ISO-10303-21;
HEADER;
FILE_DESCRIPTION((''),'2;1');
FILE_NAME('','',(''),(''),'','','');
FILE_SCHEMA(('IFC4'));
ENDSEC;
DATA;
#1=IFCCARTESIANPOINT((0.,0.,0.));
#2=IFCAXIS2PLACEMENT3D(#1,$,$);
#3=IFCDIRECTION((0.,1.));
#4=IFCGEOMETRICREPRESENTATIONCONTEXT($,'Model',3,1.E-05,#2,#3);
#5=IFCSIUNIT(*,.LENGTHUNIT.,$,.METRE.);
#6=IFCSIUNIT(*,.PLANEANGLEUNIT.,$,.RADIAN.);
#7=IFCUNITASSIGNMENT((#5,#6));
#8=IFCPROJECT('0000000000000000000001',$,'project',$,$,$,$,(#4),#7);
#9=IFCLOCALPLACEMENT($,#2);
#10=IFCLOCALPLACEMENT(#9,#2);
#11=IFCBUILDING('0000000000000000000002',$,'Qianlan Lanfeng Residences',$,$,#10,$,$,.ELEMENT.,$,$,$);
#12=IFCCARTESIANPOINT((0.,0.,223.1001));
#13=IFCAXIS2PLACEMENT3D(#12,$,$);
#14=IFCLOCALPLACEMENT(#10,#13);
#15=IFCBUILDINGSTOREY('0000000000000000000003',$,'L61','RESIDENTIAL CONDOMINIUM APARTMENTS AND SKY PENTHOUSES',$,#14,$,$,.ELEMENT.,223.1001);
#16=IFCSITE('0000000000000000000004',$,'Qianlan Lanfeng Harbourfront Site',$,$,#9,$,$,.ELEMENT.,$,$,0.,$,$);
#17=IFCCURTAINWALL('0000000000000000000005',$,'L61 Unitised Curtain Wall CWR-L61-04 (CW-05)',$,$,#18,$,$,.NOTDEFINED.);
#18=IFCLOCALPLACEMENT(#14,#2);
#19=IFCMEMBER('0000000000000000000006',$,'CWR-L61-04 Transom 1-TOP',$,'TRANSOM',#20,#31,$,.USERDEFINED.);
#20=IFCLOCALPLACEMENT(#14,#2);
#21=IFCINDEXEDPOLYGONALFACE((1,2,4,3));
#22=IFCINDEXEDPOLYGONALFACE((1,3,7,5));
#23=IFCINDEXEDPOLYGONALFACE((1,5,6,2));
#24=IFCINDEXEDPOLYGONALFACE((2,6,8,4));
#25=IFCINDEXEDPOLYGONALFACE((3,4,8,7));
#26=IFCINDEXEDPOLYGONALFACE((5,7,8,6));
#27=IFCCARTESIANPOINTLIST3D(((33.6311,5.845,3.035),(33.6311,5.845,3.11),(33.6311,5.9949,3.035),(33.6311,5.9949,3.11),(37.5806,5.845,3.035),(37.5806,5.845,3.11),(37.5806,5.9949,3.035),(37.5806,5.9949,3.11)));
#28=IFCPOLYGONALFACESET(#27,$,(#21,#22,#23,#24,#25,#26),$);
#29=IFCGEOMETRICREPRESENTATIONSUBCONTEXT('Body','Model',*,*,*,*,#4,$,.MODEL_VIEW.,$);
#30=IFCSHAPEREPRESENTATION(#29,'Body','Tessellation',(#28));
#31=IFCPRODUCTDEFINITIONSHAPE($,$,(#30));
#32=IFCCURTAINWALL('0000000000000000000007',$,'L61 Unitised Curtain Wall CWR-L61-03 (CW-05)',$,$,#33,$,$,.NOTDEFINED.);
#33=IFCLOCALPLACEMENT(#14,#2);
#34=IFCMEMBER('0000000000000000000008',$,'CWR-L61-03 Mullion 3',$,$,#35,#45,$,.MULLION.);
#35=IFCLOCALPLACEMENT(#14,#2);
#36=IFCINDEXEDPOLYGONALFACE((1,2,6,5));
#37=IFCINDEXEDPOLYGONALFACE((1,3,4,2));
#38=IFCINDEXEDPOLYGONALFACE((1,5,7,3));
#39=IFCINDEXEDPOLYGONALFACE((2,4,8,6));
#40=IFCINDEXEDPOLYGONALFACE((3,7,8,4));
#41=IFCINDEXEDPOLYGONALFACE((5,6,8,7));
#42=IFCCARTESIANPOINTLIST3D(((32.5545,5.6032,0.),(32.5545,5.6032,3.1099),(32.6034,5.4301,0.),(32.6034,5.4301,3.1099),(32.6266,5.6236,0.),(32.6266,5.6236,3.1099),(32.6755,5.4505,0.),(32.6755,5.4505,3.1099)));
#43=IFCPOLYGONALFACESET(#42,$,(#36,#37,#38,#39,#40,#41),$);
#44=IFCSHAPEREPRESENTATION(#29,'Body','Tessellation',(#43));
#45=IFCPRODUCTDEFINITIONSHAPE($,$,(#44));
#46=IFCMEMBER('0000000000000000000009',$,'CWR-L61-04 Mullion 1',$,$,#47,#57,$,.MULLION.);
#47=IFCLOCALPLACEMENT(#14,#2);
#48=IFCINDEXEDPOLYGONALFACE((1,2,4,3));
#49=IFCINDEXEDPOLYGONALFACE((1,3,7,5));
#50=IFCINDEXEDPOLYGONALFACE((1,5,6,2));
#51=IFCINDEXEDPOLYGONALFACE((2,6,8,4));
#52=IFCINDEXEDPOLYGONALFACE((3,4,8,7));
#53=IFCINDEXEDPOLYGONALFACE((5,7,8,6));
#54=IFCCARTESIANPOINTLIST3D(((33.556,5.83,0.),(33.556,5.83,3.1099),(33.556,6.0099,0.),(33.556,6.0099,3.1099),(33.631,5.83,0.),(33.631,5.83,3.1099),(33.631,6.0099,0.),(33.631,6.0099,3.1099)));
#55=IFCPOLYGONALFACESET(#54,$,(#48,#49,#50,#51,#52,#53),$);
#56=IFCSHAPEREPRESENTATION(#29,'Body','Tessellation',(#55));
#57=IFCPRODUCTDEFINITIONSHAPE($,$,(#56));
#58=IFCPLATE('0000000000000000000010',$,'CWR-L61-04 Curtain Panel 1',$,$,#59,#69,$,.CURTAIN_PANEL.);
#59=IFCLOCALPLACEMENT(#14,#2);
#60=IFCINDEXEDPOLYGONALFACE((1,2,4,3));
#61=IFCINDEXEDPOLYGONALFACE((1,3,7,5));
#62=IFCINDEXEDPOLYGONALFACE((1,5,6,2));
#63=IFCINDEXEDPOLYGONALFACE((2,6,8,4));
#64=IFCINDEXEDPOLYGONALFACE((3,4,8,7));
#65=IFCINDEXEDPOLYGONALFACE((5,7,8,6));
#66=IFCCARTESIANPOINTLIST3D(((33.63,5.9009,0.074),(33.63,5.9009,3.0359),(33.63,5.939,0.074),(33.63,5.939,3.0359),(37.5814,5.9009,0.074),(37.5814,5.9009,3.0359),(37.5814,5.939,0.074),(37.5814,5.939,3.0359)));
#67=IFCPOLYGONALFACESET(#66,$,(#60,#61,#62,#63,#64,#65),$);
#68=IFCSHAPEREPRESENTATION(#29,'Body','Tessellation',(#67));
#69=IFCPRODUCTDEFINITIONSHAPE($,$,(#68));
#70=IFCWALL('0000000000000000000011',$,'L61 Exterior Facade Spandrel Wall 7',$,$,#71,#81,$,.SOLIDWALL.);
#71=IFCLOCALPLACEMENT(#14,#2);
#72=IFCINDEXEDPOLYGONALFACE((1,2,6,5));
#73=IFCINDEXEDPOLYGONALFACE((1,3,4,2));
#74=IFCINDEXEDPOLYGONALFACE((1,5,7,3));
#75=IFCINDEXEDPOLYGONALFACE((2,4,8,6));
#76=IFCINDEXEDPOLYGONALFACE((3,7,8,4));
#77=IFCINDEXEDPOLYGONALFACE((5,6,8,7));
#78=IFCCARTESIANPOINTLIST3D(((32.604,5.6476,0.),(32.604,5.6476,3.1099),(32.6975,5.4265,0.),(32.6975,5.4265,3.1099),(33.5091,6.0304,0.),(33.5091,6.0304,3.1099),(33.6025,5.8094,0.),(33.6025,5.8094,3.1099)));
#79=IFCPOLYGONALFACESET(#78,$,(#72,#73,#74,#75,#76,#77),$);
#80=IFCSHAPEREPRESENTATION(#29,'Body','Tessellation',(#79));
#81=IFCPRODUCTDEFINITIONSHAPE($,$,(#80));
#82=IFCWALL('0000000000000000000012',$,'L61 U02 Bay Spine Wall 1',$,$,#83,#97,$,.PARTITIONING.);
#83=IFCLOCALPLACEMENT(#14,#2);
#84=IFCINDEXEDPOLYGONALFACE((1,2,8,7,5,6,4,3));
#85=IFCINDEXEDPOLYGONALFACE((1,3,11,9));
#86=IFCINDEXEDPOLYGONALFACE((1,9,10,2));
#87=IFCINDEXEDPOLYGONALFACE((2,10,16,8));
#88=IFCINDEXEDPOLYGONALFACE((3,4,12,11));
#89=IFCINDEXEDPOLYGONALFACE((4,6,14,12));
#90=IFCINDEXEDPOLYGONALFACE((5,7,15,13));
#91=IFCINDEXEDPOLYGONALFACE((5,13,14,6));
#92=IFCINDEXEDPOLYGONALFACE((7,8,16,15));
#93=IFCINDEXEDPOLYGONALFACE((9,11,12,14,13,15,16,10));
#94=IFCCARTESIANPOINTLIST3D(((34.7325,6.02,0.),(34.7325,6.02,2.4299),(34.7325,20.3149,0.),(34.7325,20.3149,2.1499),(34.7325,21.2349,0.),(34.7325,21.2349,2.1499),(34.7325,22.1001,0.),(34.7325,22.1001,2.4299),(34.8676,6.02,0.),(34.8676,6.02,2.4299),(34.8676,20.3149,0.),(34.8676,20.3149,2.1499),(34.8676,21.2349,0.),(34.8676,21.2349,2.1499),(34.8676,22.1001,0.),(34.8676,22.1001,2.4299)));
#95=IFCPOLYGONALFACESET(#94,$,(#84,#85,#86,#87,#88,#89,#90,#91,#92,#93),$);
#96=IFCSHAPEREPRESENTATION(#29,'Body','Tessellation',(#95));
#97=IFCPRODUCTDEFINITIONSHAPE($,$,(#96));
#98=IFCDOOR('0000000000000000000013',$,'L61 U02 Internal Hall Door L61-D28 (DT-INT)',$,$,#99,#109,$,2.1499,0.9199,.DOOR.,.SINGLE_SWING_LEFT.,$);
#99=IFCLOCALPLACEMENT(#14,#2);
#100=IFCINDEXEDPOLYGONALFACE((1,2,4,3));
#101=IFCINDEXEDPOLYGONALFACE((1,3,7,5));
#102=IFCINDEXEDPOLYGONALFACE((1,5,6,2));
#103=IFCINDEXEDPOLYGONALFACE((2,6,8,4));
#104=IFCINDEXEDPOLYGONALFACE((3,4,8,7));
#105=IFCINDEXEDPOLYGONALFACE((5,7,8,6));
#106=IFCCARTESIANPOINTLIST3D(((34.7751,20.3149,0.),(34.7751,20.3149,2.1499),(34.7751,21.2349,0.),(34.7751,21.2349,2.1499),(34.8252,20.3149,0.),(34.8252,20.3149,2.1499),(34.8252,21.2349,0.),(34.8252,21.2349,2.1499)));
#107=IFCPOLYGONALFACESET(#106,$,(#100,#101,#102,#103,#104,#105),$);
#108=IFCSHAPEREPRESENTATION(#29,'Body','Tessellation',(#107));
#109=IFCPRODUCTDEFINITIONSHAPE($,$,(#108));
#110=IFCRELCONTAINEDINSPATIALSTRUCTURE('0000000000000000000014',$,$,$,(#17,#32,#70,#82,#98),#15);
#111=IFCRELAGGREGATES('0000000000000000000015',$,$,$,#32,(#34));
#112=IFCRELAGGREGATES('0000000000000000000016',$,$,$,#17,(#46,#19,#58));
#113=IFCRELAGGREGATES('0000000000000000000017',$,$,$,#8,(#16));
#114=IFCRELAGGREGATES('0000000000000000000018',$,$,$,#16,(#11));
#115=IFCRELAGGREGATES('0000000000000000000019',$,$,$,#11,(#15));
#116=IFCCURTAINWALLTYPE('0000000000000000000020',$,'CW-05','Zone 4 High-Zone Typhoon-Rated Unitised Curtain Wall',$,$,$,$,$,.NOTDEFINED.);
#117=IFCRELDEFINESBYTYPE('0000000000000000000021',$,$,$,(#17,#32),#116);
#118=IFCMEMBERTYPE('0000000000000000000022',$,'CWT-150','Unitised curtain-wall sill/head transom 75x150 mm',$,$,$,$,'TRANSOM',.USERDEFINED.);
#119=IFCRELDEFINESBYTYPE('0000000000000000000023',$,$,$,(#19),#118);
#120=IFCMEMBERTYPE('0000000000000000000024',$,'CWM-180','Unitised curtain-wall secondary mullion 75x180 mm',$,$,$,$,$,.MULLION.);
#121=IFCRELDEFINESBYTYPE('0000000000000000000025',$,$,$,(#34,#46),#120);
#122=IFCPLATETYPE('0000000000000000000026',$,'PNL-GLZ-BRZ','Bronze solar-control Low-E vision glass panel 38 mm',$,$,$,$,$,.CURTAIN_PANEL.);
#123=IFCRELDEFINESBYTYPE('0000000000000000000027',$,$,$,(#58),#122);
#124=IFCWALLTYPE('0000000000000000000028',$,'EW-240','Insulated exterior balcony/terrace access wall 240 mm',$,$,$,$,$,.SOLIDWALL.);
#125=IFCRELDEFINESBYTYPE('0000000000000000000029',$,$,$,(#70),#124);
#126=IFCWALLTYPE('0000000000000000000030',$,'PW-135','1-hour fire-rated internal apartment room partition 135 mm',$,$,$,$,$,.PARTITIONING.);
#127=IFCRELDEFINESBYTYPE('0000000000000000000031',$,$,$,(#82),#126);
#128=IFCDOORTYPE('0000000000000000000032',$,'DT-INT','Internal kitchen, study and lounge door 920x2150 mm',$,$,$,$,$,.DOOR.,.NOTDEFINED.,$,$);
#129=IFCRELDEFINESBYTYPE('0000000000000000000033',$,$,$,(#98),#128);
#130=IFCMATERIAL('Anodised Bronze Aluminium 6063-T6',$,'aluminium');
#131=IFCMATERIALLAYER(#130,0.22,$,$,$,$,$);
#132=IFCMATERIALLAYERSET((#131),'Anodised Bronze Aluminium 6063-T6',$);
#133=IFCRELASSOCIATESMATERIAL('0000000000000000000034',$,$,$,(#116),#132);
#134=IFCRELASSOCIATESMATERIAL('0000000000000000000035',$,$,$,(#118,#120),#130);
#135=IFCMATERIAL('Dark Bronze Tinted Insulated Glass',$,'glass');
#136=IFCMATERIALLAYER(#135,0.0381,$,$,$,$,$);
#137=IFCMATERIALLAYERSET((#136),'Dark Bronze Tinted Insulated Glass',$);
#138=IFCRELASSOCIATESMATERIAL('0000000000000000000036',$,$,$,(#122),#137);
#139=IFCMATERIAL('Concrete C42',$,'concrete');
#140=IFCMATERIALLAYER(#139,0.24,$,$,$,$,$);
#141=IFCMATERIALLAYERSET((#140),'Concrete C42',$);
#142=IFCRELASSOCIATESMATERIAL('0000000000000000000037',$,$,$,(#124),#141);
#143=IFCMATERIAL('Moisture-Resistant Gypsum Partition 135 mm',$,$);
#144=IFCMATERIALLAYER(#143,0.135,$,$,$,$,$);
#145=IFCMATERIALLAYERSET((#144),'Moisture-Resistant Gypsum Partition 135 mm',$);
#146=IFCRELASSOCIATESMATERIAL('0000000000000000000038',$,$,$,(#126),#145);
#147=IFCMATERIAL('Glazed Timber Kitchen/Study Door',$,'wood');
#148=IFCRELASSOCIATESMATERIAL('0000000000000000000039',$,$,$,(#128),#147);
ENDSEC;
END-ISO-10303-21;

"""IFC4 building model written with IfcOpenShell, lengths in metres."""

from ifc_helpers import new_model, si_unit, direction, frame, frame_2d, origin, origin_2d, place, context, subcontext, project, spatial, rectangle, extrude, source, transform, mapped, material, layer, layer_set, material_profile, profile_set, type_object, element, fill, aggregate, save


model = new_model("IFC4")

# Units and contexts
model_context = context("Model", 3, precision=1e-05, world=origin(), true_north=direction((0.0, 1.0)))
body_context = subcontext(model_context, "Body", "Model", "MODEL_VIEW")
ifc_project = project(units=[si_unit("LENGTHUNIT", "METRE"), si_unit("PLANEANGLEUNIT", "RADIAN")], contexts=[model_context])

# Site, building, storey
site_placement = place(None, origin())
site = spatial("IfcSite", under=ifc_project, at=site_placement, Name="Qianlan Lanfeng Harbourfront Site", CompositionType="ELEMENT", RefElevation=0.0)
building_placement = place(site_placement, origin())
building = spatial("IfcBuilding", under=site, at=building_placement, Name="Qianlan Lanfeng Residences", CompositionType="ELEMENT")
storey_placement = place(building_placement, frame((0.0, 0.0, 223.1001)))
storey = spatial("IfcBuildingStorey", under=building, at=storey_placement, Name="L61", Description="RESIDENTIAL CONDOMINIUM APARTMENTS AND SKY PENTHOUSES", CompositionType="ELEMENT", Elevation=223.1001)

# Curtain wall, member
ifc_material_1 = material(Name="Anodised Bronze Aluminium 6063-T6", Category="aluminium")
ifc_layer_1 = layer(ifc_material_1, 0.22)
ifc_layer_set_1 = layer_set([ifc_layer_1], Name="Anodised Bronze Aluminium 6063-T6")
curtain_wall_type = type_object("IfcCurtainWallType", Name="CW-05", Description="Zone 4 High-Zone Typhoon-Rated Unitised Curtain Wall", PredefinedType="NOTDEFINED", material=ifc_layer_set_1)
curtain_wall_1_placement = place(storey_placement, origin())
curtain_wall_1 = element("IfcCurtainWall", 1, at=curtain_wall_1_placement, inside=storey, type_object=curtain_wall_type, Name="L61 Unitised Curtain Wall CWR-L61-04 (CW-05)", PredefinedType="NOTDEFINED")
ifc_material_profile_1 = material_profile(ifc_material_1, rectangle(XDim=0.075, YDim=0.1499, at=origin_2d()), Name="ALU TRANSOM 75x150")
ifc_profile_set_1 = profile_set([ifc_material_profile_1], Name="Anodised Bronze Aluminium 6063-T6")
member_type_1 = type_object("IfcMemberType", Name="CWT-150", Description="Unitised curtain-wall sill/head transom 75x150 mm", ElementType="TRANSOM", PredefinedType="USERDEFINED", material=ifc_profile_set_1)
shared_shape_1 = source(origin(), body_context, "Body", "SweptSolid", [
    extrude(rectangle(XDim=0.075, YDim=0.1499, at=origin_2d()), origin(), (0.0, 0.0, 1.0), 3.9495),
])
member_1_placement = place(storey_placement, frame((33.6311, 5.9199, 3.0725), z_axis=(1.0, 0.0, 0.0), x_axis=(0.0, 0.0, 1.0)))
member_1 = element("IfcMember", 2, at=member_1_placement, type_object=member_type_1, Name="CWR-L61-04 Transom 1-TOP", ObjectType="TRANSOM", PredefinedType="USERDEFINED", context=body_context, shape_type="MappedRepresentation", body=[
    mapped(shared_shape_1, transform((0.0, 0.0, 0.0), scale=1.0)),
])

# Curtain wall, member
curtain_wall_2_placement = place(storey_placement, origin())
curtain_wall_2 = element("IfcCurtainWall", 3, at=curtain_wall_2_placement, inside=storey, type_object=curtain_wall_type, Name="L61 Unitised Curtain Wall CWR-L61-03 (CW-05)", PredefinedType="NOTDEFINED")
ifc_material_profile_2 = material_profile(ifc_material_1, rectangle(XDim=0.075, YDim=0.1799, at=origin_2d()), Name="ALU MULLION 75x180")
ifc_profile_set_2 = profile_set([ifc_material_profile_2], Name="Anodised Bronze Aluminium 6063-T6")
member_type_2 = type_object("IfcMemberType", Name="CWM-180", Description="Unitised curtain-wall secondary mullion 75x180 mm", PredefinedType="MULLION", material=ifc_profile_set_2)
shared_shape_2 = source(origin(), body_context, "Body", "SweptSolid", [
    extrude(rectangle(XDim=0.075, YDim=0.1799, at=origin_2d()), origin(), (0.0, 0.0, 1.0), 3.1099),
])
member_2_placement = place(storey_placement, frame((32.615, 5.5269, 0.0), z_axis=(0.0, 0.0, 1.0), x_axis=(0.962284, 0.272045, 0.0)))
member_2 = element("IfcMember", 4, at=member_2_placement, type_object=member_type_2, Name="CWR-L61-03 Mullion 3", PredefinedType="MULLION", context=body_context, shape_type="MappedRepresentation", body=[
    mapped(shared_shape_2, transform((0.0, 0.0, 0.0), scale=1.0)),
])
aggregate(curtain_wall_2, [member_2])

# Member
member_3_placement = place(storey_placement, frame((33.5935, 5.9199, 0.0), z_axis=(0.0, 0.0, 1.0), x_axis=(1.0, 0.0, 0.0)))
member_3 = element("IfcMember", 5, at=member_3_placement, type_object=member_type_2, Name="CWR-L61-04 Mullion 1", PredefinedType="MULLION", context=body_context, shape_type="MappedRepresentation", body=[
    mapped(shared_shape_2, transform((0.0, 0.0, 0.0), scale=1.0)),
])

# Plate
ifc_material_2 = material(Name="Dark Bronze Tinted Insulated Glass", Category="glass")
ifc_layer_2 = layer(ifc_material_2, 0.0381)
ifc_layer_set_2 = layer_set([ifc_layer_2], Name="Dark Bronze Tinted Insulated Glass")
plate_type = type_object("IfcPlateType", Name="PNL-GLZ-BRZ", Description="Bronze solar-control Low-E vision glass panel 38 mm", PredefinedType="CURTAIN_PANEL", material=ifc_layer_set_2)
shared_shape_3 = source(origin(), body_context, "Body", "SweptSolid", [
    extrude(rectangle(XDim=3.9514, YDim=0.0381, at=origin_2d()), origin(), (0.0, 0.0, 1.0), 2.9619),
])
plate_placement = place(storey_placement, frame((35.6057, 5.9199, 0.074), z_axis=(0.0, 0.0, 1.0), x_axis=(1.0, 0.0, 0.0)))
plate = element("IfcPlate", 6, at=plate_placement, type_object=plate_type, Name="CWR-L61-04 Curtain Panel 1", PredefinedType="CURTAIN_PANEL", context=body_context, shape_type="MappedRepresentation", body=[
    mapped(shared_shape_3, transform((0.0, 0.0, 0.0), scale=1.0)),
])
aggregate(curtain_wall_1, [member_3, member_1, plate])

# Wall
ifc_material_3 = material(Name="Concrete C42", Category="concrete")
ifc_layer_3 = layer(ifc_material_3, 0.24)
ifc_layer_set_3 = layer_set([ifc_layer_3], Name="Concrete C42")
wall_type_1 = type_object("IfcWallType", Name="EW-240", Description="Insulated exterior balcony/terrace access wall 240 mm", PredefinedType="SOLIDWALL", material=ifc_layer_set_3)
wall_1_placement = place(storey_placement, frame((32.6509, 5.5371, 0.0), z_axis=(0.0, 0.0, 1.0), x_axis=(0.920998, 0.389567, 0.0)))
element("IfcWall", 7, at=wall_1_placement, inside=storey, type_object=wall_type_1, Name="L61 Exterior Facade Spandrel Wall 7", PredefinedType="SOLIDWALL", context=body_context, shape_type="SweptSolid", body=[
    extrude(rectangle(XDim=0.9827, YDim=0.24, at=frame_2d((0.4912, 0.0))), origin(), (0.0, 0.0, 1.0), 3.1099),
])

# Wall, opening, door
ifc_material_4 = material(Name="Moisture-Resistant Gypsum Partition 135 mm")
ifc_layer_4 = layer(ifc_material_4, 0.135)
ifc_layer_set_4 = layer_set([ifc_layer_4], Name="Moisture-Resistant Gypsum Partition 135 mm")
wall_type_2 = type_object("IfcWallType", Name="PW-135", Description="1-hour fire-rated internal apartment room partition 135 mm", PredefinedType="PARTITIONING", material=ifc_layer_set_4)
wall_2_placement = place(storey_placement, frame((34.8, 6.02, 0.0), z_axis=(0.0, 0.0, 1.0), x_axis=(0.0, 1.0, 0.0)))
wall_2 = element("IfcWall", 8, at=wall_2_placement, inside=storey, type_object=wall_type_2, Name="L61 U02 Bay Spine Wall 1", PredefinedType="PARTITIONING", context=body_context, shape_type="SweptSolid", body=[
    extrude(rectangle(XDim=16.0801, YDim=0.135, at=frame_2d((8.04, 0.0))), origin(), (0.0, 0.0, 1.0), 2.4299),
])
opening_1_placement = place(wall_2_placement, frame((14.2949, 0.0, 0.0)))
opening_1 = element("IfcOpeningElement", 9, at=opening_1_placement, cuts=wall_2, PredefinedType="OPENING", context=body_context, shape_type="SweptSolid", body=[
    extrude(rectangle(XDim=0.9199, YDim=2.1499, at=frame_2d((0.46, 1.075))), frame((0.0, 0.0776, 0.0), z_axis=(0.0, -1.0, 0.0), x_axis=(1.0, 0.0, 0.0)), (0.0, 0.0, 1.0), 0.155),
])
ifc_material_5 = material(Name="Glazed Timber Kitchen/Study Door", Category="wood")
door_type_1 = type_object("IfcDoorType", Name="DT-INT", Description="Internal kitchen, study and lounge door 920x2150 mm", OperationType="NOTDEFINED", PredefinedType="DOOR", material=ifc_material_5)
door_1_placement = place(opening_1_placement, origin())
door_1 = element("IfcDoor", 10, at=door_1_placement, inside=storey, type_object=door_type_1, Name="L61 U02 Internal Hall Door L61-D28 (DT-INT)", OperationType="SINGLE_SWING_LEFT", OverallHeight=2.1499, OverallWidth=0.9199, PredefinedType="DOOR", context=body_context, shape_type="SweptSolid", body=[
    extrude(rectangle(XDim=0.9199, YDim=2.1499, at=frame_2d((0.46, 1.075))), frame((0.0, 0.0249, 0.0), z_axis=(0.0, -1.0, 0.0), x_axis=(1.0, 0.0, 0.0)), (0.0, 0.0, 1.0), 0.05),
])
fill(opening_1, door_1)

save(model, "model.ifc")
